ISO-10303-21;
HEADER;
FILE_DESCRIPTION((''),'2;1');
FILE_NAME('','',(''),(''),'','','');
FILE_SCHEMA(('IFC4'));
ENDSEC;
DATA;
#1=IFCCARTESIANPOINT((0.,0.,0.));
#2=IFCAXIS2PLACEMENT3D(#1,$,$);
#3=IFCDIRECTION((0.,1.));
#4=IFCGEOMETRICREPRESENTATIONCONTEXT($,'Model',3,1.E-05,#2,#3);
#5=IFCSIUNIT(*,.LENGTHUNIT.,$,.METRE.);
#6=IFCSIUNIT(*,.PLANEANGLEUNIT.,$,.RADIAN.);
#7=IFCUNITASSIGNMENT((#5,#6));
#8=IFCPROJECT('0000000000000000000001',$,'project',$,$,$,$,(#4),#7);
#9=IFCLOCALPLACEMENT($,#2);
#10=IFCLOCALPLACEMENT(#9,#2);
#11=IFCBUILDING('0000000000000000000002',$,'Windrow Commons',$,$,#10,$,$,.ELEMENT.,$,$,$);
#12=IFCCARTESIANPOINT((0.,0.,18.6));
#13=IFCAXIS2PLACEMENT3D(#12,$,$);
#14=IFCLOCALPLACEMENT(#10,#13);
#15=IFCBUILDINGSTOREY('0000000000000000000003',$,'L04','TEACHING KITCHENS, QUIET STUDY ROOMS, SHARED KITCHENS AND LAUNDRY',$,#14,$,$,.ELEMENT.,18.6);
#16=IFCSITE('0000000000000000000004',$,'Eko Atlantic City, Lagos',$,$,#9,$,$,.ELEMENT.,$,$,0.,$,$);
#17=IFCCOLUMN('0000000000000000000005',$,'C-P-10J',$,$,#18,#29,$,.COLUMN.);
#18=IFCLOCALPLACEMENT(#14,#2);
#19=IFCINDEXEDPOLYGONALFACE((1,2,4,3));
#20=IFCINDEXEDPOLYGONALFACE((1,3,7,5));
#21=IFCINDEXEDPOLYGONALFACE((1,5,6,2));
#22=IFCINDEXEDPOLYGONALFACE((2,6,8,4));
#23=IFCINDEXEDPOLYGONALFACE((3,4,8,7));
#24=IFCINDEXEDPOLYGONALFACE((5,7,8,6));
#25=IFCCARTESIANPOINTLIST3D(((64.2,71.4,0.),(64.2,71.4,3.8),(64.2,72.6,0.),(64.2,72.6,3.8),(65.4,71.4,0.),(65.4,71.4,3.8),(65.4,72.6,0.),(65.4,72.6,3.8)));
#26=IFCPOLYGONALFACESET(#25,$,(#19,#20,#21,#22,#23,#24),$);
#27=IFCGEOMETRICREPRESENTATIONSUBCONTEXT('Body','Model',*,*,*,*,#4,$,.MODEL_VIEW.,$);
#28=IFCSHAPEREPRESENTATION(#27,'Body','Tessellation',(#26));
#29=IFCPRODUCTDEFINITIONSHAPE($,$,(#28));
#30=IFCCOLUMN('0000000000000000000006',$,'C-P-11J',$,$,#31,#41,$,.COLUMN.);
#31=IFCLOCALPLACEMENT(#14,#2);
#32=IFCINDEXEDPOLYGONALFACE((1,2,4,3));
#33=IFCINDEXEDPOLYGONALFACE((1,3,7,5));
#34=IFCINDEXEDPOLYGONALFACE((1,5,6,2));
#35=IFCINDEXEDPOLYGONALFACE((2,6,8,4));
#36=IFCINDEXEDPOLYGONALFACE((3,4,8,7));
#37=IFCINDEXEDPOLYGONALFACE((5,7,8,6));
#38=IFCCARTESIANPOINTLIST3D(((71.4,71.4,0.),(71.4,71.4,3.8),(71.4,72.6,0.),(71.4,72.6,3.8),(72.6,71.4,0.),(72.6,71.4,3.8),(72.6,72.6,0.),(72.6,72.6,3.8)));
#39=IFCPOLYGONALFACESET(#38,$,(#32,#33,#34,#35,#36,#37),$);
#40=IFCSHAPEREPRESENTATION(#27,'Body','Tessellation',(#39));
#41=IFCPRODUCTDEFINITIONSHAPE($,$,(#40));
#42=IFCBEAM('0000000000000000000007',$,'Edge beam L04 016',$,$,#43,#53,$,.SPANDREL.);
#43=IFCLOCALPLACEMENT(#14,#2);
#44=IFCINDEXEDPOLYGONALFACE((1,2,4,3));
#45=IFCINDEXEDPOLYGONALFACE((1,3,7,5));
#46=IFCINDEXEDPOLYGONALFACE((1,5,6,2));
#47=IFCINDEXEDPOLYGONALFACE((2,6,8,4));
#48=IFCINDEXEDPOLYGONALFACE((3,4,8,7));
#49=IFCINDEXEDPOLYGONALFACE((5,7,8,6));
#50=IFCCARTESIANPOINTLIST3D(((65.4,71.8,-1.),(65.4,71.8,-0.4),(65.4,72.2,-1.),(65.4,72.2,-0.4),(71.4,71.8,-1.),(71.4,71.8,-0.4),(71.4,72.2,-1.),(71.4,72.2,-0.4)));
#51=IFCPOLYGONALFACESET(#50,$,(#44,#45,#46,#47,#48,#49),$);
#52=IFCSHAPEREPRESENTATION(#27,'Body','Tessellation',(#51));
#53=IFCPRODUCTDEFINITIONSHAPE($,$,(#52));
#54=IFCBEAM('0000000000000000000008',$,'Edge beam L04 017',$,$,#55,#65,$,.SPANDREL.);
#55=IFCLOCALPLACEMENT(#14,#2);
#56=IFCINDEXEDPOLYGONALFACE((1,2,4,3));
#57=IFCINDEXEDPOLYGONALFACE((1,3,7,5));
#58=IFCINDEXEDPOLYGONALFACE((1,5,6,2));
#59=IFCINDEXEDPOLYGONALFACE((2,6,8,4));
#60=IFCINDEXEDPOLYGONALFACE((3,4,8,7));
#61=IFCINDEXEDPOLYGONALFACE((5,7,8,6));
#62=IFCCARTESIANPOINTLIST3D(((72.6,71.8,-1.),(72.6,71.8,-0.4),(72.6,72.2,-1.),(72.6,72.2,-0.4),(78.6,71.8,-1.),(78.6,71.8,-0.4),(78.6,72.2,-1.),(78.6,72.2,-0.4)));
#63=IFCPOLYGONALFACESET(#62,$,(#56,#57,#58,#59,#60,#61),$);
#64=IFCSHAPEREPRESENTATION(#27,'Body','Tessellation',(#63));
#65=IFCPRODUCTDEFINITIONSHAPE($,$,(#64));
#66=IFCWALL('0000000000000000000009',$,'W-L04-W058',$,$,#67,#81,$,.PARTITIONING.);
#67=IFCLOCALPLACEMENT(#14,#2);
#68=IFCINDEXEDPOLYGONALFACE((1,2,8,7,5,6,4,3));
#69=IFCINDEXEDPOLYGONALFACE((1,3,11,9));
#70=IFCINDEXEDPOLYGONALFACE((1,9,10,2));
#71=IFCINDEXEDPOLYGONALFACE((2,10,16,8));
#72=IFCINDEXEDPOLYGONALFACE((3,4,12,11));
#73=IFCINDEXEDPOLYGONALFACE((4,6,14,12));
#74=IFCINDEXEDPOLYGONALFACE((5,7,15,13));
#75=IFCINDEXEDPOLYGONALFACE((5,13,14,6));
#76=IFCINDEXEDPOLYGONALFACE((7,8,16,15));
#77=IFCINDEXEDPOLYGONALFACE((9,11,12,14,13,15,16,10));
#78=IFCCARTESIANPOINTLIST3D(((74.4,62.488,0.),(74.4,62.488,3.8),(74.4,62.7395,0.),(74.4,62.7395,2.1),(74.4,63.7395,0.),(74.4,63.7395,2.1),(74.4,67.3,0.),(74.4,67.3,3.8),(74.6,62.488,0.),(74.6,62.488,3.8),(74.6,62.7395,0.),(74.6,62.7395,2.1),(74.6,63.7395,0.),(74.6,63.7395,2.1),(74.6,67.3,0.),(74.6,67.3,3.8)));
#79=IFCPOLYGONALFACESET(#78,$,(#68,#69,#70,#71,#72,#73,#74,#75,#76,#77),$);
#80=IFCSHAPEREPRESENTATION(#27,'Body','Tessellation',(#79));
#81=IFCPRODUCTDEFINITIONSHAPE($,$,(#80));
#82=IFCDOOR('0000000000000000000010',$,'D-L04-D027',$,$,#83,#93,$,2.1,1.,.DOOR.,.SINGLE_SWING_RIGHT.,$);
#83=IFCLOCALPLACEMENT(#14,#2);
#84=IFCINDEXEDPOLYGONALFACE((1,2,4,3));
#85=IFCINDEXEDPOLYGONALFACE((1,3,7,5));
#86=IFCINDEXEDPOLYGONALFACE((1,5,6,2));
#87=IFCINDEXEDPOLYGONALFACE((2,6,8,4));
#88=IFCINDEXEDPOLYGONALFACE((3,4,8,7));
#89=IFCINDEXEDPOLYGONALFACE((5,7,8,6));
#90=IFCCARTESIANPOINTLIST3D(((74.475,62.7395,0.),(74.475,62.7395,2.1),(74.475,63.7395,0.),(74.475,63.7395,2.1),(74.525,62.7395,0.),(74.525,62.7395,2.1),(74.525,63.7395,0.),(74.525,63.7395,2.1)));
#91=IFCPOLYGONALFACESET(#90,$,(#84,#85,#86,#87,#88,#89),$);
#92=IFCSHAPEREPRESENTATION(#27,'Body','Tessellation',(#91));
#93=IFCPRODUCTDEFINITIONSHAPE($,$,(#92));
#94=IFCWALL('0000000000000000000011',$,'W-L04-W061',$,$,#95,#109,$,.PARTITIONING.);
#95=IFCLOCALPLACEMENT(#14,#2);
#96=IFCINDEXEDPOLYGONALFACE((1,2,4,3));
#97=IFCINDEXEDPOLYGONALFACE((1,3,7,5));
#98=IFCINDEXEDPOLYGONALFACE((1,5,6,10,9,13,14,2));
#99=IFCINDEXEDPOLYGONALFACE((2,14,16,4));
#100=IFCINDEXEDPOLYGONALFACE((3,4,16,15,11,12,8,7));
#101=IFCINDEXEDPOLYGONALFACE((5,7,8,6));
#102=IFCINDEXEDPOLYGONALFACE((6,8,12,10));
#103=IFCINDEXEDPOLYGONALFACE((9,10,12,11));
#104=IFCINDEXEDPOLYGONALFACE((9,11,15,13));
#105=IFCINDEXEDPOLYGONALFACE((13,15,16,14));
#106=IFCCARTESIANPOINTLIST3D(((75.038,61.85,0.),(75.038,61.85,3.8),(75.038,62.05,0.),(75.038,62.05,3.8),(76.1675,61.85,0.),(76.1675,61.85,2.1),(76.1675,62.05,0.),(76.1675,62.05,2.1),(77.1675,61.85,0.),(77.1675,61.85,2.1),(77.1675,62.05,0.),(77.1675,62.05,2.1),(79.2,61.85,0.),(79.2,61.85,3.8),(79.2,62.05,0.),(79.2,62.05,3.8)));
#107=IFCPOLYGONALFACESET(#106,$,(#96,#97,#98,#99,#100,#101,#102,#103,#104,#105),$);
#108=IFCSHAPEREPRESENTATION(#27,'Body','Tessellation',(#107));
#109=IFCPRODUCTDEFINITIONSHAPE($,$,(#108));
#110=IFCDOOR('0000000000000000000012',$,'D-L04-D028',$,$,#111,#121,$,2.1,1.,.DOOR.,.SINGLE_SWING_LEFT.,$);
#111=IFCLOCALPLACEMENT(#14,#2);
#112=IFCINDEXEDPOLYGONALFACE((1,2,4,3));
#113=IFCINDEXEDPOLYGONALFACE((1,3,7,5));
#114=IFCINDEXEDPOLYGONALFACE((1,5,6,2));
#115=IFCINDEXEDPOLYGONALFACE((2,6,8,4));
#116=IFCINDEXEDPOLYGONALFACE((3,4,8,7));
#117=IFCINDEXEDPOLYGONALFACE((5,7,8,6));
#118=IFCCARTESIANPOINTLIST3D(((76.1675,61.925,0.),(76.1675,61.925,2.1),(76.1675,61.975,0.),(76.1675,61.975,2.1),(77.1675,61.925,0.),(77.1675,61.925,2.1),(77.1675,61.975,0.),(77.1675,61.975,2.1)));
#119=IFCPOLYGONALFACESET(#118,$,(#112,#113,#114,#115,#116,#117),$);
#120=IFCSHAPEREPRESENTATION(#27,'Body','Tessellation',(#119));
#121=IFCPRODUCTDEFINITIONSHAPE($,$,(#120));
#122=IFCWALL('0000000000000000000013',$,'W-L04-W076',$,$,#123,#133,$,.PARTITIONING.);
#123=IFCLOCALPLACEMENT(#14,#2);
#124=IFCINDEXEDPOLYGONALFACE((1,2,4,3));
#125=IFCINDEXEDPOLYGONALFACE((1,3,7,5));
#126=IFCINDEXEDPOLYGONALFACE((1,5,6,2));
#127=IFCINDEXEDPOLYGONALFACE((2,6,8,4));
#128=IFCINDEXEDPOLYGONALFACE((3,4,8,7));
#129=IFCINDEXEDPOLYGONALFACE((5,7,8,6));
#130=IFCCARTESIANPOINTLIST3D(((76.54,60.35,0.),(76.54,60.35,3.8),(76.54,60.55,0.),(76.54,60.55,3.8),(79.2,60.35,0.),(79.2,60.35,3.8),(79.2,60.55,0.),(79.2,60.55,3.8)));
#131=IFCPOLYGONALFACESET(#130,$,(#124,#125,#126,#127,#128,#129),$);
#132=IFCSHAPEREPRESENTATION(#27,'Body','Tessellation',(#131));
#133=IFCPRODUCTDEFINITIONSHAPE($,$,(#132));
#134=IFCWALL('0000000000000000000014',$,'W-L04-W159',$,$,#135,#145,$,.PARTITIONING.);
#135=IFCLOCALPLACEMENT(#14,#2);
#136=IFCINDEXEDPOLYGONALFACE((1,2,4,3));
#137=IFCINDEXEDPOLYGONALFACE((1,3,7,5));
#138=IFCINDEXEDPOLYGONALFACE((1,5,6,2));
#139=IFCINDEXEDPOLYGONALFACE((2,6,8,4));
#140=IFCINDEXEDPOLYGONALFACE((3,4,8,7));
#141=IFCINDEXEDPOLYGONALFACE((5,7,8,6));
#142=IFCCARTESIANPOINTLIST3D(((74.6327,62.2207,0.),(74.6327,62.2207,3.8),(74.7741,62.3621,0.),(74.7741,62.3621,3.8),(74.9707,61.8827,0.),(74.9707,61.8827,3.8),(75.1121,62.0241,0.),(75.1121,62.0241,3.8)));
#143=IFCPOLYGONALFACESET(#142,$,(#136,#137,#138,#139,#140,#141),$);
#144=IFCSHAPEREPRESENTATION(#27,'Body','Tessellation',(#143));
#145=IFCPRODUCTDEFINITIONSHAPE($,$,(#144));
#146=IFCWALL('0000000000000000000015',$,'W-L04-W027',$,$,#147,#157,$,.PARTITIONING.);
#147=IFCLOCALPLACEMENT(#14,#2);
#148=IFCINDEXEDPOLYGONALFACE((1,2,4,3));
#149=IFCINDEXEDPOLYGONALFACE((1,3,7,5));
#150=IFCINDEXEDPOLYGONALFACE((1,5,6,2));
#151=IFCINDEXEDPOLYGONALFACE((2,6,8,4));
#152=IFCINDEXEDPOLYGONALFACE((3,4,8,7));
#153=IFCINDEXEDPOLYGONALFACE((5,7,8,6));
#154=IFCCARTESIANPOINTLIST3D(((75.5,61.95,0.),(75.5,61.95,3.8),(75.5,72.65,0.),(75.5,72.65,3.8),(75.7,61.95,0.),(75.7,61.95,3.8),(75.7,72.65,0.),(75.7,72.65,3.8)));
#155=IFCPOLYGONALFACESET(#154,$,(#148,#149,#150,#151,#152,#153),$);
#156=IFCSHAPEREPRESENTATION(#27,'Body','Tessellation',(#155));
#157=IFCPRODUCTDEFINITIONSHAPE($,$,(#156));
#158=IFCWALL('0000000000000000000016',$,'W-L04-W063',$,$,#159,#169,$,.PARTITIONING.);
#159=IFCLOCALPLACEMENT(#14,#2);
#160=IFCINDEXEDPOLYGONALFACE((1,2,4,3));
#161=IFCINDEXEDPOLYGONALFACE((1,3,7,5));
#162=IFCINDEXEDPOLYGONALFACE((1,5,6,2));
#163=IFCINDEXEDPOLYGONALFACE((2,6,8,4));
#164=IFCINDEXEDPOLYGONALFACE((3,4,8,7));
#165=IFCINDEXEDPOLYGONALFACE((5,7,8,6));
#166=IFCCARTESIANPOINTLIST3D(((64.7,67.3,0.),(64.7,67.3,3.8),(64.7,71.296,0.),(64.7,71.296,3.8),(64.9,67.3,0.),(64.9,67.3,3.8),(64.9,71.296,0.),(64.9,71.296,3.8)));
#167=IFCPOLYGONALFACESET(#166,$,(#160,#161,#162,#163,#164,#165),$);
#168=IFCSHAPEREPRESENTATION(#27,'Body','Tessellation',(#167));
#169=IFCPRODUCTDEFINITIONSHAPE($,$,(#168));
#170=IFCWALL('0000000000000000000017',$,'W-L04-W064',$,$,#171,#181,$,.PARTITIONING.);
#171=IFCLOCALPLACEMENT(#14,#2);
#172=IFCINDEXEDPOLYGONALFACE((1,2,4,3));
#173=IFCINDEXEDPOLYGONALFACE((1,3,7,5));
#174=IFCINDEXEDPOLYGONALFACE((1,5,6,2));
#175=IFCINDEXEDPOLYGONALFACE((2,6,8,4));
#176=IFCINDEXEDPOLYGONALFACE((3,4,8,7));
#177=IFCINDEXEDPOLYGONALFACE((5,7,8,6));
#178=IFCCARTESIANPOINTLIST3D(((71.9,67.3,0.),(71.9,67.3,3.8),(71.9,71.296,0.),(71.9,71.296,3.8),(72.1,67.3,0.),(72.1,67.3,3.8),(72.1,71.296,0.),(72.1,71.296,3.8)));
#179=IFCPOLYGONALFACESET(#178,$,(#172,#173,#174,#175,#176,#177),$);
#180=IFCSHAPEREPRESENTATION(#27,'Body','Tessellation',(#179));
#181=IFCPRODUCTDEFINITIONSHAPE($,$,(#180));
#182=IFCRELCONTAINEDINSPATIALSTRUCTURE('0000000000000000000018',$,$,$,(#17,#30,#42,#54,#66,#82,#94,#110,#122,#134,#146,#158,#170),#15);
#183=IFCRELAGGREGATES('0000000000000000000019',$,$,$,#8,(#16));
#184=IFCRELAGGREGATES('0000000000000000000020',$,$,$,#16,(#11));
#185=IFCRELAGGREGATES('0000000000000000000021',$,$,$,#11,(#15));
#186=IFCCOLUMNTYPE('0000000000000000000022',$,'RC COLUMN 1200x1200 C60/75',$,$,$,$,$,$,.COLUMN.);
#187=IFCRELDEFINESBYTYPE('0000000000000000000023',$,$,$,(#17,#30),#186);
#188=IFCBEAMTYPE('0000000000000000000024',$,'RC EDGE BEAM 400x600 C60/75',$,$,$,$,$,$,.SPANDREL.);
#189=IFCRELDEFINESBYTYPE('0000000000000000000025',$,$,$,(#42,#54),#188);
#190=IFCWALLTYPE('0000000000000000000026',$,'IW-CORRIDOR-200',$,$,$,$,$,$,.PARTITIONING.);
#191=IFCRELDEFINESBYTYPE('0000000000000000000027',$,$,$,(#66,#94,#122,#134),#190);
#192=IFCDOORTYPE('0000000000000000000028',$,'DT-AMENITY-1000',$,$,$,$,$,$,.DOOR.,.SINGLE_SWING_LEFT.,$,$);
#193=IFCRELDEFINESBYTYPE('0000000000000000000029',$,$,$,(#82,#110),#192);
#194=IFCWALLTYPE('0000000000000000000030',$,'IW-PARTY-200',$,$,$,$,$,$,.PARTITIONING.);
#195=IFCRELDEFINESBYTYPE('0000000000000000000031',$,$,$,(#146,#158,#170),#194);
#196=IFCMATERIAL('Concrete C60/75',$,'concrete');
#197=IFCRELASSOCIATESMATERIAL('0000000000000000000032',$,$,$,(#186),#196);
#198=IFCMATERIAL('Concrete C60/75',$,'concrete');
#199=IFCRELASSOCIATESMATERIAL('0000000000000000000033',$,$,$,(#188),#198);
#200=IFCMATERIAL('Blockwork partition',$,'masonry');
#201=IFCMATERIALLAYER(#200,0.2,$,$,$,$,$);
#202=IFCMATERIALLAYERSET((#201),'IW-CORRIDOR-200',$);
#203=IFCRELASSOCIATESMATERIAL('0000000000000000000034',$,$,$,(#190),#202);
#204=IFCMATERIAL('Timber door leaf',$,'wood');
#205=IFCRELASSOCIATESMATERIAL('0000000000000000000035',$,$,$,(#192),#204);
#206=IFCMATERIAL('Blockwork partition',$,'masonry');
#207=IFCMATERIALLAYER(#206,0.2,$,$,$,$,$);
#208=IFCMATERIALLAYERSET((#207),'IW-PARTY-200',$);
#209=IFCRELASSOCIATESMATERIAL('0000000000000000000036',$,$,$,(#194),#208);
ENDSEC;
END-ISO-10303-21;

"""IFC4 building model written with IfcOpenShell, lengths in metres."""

from ifc_helpers import new_model, si_unit, direction, frame, frame_2d, origin, origin_2d, place, context, subcontext, project, spatial, rectangle, extrude, material, layer, layer_set, material_profile, profile_set, type_object, element, fill, save


model = new_model("IFC4")

# Units and contexts
model_context = context("Model", 3, precision=1e-05, world=origin(), true_north=direction((0.0, 1.0)))
body_context = subcontext(model_context, "Body", "Model", "MODEL_VIEW")
ifc_project = project(units=[si_unit("LENGTHUNIT", "METRE"), si_unit("PLANEANGLEUNIT", "RADIAN")], contexts=[model_context])

# Site, building, storey
site_placement = place(None, origin())
site = spatial("IfcSite", under=ifc_project, at=site_placement, Name="Eko Atlantic City, Lagos", CompositionType="ELEMENT", RefElevation=0.0)
building_placement = place(site_placement, origin())
building = spatial("IfcBuilding", under=site, at=building_placement, Name="Windrow Commons", CompositionType="ELEMENT")
storey_placement = place(building_placement, frame((0.0, 0.0, 18.6)))
storey = spatial("IfcBuildingStorey", under=building, at=storey_placement, Name="L04", Description="TEACHING KITCHENS, QUIET STUDY ROOMS, SHARED KITCHENS AND LAUNDRY", CompositionType="ELEMENT", Elevation=18.6)

# Columns
ifc_material_1 = material(Name="Concrete C60/75", Category="concrete")
ifc_material_profile_1 = material_profile(ifc_material_1, rectangle(XDim=1.2, YDim=1.2, at=origin_2d()))
ifc_profile_set_1 = profile_set([ifc_material_profile_1], Name="Concrete C60/75")
column_type = type_object("IfcColumnType", Name="RC COLUMN 1200x1200 C60/75", PredefinedType="COLUMN", material=ifc_profile_set_1)
for number, where, z_axis, x_axis, name in (
    (1, (64.8, 72.0, 0.0), (0.0, 0.0, 1.0), (1.0, 0.0, 0.0), "C-P-10J"),
    (2, (72.0, 72.0, 0.0), (0.0, 0.0, 1.0), (1.0, 0.0, 0.0), "C-P-11J"),
):
    element("IfcColumn", number, at=place(storey_placement, frame(where, z_axis=z_axis, x_axis=x_axis)), inside=storey, type_object=column_type, Name=name, PredefinedType="COLUMN", context=body_context, shape_type="SweptSolid", body=[
        extrude(rectangle(XDim=1.2, YDim=1.2, at=origin_2d()), origin(), (0.0, 0.0, 1.0), 3.8),
    ])

# Beams
ifc_material_2 = material(Name="Concrete C60/75", Category="concrete")
ifc_material_profile_2 = material_profile(ifc_material_2, rectangle(XDim=0.4, YDim=0.6, at=origin_2d()))
ifc_profile_set_2 = profile_set([ifc_material_profile_2], Name="Concrete C60/75")
beam_type = type_object("IfcBeamType", Name="RC EDGE BEAM 400x600 C60/75", PredefinedType="SPANDREL", material=ifc_profile_set_2)
for number, where, z_axis, x_axis, name in (
    (3, (65.4, 72.0, -0.7), (1.0, 0.0, 0.0), (0.0, 1.0, 0.0), "Edge beam L04 016"),
    (4, (72.6, 72.0, -0.7), (1.0, 0.0, 0.0), (0.0, 1.0, 0.0), "Edge beam L04 017"),
):
    element("IfcBeam", number, at=place(storey_placement, frame(where, z_axis=z_axis, x_axis=x_axis)), inside=storey, type_object=beam_type, Name=name, PredefinedType="SPANDREL", context=body_context, shape_type="SweptSolid", body=[
        extrude(rectangle(XDim=0.4, YDim=0.6, at=origin_2d()), origin(), (0.0, 0.0, 1.0), 6.0),
    ])

# Walls, openings, doors
ifc_material_3 = material(Name="Blockwork partition", Category="masonry")
ifc_layer_1 = layer(ifc_material_3, 0.2)
ifc_layer_set_1 = layer_set([ifc_layer_1], Name="IW-CORRIDOR-200")
wall_type_1 = type_object("IfcWallType", Name="IW-CORRIDOR-200", PredefinedType="PARTITIONING", material=ifc_layer_set_1)
wall_1_placement = place(storey_placement, frame((74.5, 62.488, 0.0), z_axis=(0.0, 0.0, 1.0), x_axis=(0.0, 1.0, 0.0)))
wall_1 = element("IfcWall", 5, at=wall_1_placement, inside=storey, type_object=wall_type_1, Name="W-L04-W058", PredefinedType="PARTITIONING", context=body_context, shape_type="SweptSolid", body=[
    extrude(rectangle(XDim=4.812, YDim=0.2, at=frame_2d((2.406, 0.0))), origin(), (0.0, 0.0, 1.0), 3.8),
])
opening_1_placement = place(wall_1_placement, frame((0.2515, 0.0, 0.0)))
opening_1 = element("IfcOpeningElement", 6, at=opening_1_placement, cuts=wall_1, PredefinedType="OPENING", context=body_context, shape_type="SweptSolid", body=[
    extrude(rectangle(XDim=1.0, YDim=2.1, at=frame_2d((0.5, 1.05))), frame((0.0, 0.11, 0.0), z_axis=(0.0, -1.0, 0.0), x_axis=(1.0, 0.0, 0.0)), (0.0, 0.0, 1.0), 0.22),
])
ifc_material_4 = material(Name="Timber door leaf", Category="wood")
door_type = type_object("IfcDoorType", Name="DT-AMENITY-1000", OperationType="SINGLE_SWING_LEFT", PredefinedType="DOOR", material=ifc_material_4)
door_1_placement = place(opening_1_placement, origin())
door_1 = element("IfcDoor", 7, at=door_1_placement, inside=storey, type_object=door_type, Name="D-L04-D027", OperationType="SINGLE_SWING_RIGHT", OverallHeight=2.1, OverallWidth=1.0, PredefinedType="DOOR", context=body_context, shape_type="SweptSolid", body=[
    extrude(rectangle(XDim=1.0, YDim=2.1, at=frame_2d((0.5, 1.05))), frame((0.0, 0.025, 0.0), z_axis=(0.0, -1.0, 0.0), x_axis=(1.0, 0.0, 0.0)), (0.0, 0.0, 1.0), 0.05),
])
fill(opening_1, door_1)
wall_2_placement = place(storey_placement, frame((75.038, 61.95, 0.0), z_axis=(0.0, 0.0, 1.0), x_axis=(1.0, 0.0, 0.0)))
wall_2 = element("IfcWall", 8, at=wall_2_placement, inside=storey, type_object=wall_type_1, Name="W-L04-W061", PredefinedType="PARTITIONING", context=body_context, shape_type="SweptSolid", body=[
    extrude(rectangle(XDim=4.162, YDim=0.2, at=frame_2d((2.081, 0.0))), origin(), (0.0, 0.0, 1.0), 3.8),
])
opening_2_placement = place(wall_2_placement, frame((1.1295, 0.0, 0.0)))
opening_2 = element("IfcOpeningElement", 9, at=opening_2_placement, cuts=wall_2, PredefinedType="OPENING", context=body_context, shape_type="SweptSolid", body=[
    extrude(rectangle(XDim=1.0, YDim=2.1, at=frame_2d((0.5, 1.05))), frame((0.0, 0.11, 0.0), z_axis=(0.0, -1.0, 0.0), x_axis=(1.0, 0.0, 0.0)), (0.0, 0.0, 1.0), 0.22),
])
door_2_placement = place(opening_2_placement, origin())
door_2 = element("IfcDoor", 10, at=door_2_placement, inside=storey, type_object=door_type, Name="D-L04-D028", OperationType="SINGLE_SWING_LEFT", OverallHeight=2.1, OverallWidth=1.0, PredefinedType="DOOR", context=body_context, shape_type="SweptSolid", body=[
    extrude(rectangle(XDim=1.0, YDim=2.1, at=frame_2d((0.5, 1.05))), frame((0.0, 0.025, 0.0), z_axis=(0.0, -1.0, 0.0), x_axis=(1.0, 0.0, 0.0)), (0.0, 0.0, 1.0), 0.05),
])
fill(opening_2, door_2)

# Walls
wall_3_placement = place(storey_placement, frame((76.54, 60.45, 0.0), z_axis=(0.0, 0.0, 1.0), x_axis=(1.0, 0.0, 0.0)))
element("IfcWall", 11, at=wall_3_placement, inside=storey, type_object=wall_type_1, Name="W-L04-W076", PredefinedType="PARTITIONING", context=body_context, shape_type="SweptSolid", body=[
    extrude(rectangle(XDim=2.66, YDim=0.2, at=frame_2d((1.33, 0.0))), origin(), (0.0, 0.0, 1.0), 3.8),
])
wall_4_placement = place(storey_placement, frame((74.7034, 62.2914, 0.0), z_axis=(0.0, 0.0, 1.0), x_axis=(0.707107, -0.707107, 0.0)))
element("IfcWall", 12, at=wall_4_placement, inside=storey, type_object=wall_type_1, Name="W-L04-W159", PredefinedType="PARTITIONING", context=body_context, shape_type="SweptSolid", body=[
    extrude(rectangle(XDim=0.478, YDim=0.2, at=frame_2d((0.239, 0.0))), origin(), (0.0, 0.0, 1.0), 3.8),
])
ifc_material_5 = material(Name="Blockwork partition", Category="masonry")
ifc_layer_2 = layer(ifc_material_5, 0.2)
ifc_layer_set_2 = layer_set([ifc_layer_2], Name="IW-PARTY-200")
wall_type_2 = type_object("IfcWallType", Name="IW-PARTY-200", PredefinedType="PARTITIONING", material=ifc_layer_set_2)
wall_5_placement = place(storey_placement, frame((75.6, 61.95, 0.0), z_axis=(0.0, 0.0, 1.0), x_axis=(0.0, 1.0, 0.0)))
element("IfcWall", 13, at=wall_5_placement, inside=storey, type_object=wall_type_2, Name="W-L04-W027", PredefinedType="PARTITIONING", context=body_context, shape_type="SweptSolid", body=[
    extrude(rectangle(XDim=10.7, YDim=0.2, at=frame_2d((5.35, 0.0))), origin(), (0.0, 0.0, 1.0), 3.8),
])
for number, where, z_axis, x_axis, name in (
    (14, (64.8, 67.3, 0.0), (0.0, 0.0, 1.0), (0.0, 1.0, 0.0), "W-L04-W063"),
    (15, (72.0, 67.3, 0.0), (0.0, 0.0, 1.0), (0.0, 1.0, 0.0), "W-L04-W064"),
):
    element("IfcWall", number, at=place(storey_placement, frame(where, z_axis=z_axis, x_axis=x_axis)), inside=storey, type_object=wall_type_2, Name=name, PredefinedType="PARTITIONING", context=body_context, shape_type="SweptSolid", body=[
        extrude(rectangle(XDim=3.996, YDim=0.2, at=frame_2d((1.998, 0.0))), origin(), (0.0, 0.0, 1.0), 3.8),
    ])

save(model, "model.ifc")
